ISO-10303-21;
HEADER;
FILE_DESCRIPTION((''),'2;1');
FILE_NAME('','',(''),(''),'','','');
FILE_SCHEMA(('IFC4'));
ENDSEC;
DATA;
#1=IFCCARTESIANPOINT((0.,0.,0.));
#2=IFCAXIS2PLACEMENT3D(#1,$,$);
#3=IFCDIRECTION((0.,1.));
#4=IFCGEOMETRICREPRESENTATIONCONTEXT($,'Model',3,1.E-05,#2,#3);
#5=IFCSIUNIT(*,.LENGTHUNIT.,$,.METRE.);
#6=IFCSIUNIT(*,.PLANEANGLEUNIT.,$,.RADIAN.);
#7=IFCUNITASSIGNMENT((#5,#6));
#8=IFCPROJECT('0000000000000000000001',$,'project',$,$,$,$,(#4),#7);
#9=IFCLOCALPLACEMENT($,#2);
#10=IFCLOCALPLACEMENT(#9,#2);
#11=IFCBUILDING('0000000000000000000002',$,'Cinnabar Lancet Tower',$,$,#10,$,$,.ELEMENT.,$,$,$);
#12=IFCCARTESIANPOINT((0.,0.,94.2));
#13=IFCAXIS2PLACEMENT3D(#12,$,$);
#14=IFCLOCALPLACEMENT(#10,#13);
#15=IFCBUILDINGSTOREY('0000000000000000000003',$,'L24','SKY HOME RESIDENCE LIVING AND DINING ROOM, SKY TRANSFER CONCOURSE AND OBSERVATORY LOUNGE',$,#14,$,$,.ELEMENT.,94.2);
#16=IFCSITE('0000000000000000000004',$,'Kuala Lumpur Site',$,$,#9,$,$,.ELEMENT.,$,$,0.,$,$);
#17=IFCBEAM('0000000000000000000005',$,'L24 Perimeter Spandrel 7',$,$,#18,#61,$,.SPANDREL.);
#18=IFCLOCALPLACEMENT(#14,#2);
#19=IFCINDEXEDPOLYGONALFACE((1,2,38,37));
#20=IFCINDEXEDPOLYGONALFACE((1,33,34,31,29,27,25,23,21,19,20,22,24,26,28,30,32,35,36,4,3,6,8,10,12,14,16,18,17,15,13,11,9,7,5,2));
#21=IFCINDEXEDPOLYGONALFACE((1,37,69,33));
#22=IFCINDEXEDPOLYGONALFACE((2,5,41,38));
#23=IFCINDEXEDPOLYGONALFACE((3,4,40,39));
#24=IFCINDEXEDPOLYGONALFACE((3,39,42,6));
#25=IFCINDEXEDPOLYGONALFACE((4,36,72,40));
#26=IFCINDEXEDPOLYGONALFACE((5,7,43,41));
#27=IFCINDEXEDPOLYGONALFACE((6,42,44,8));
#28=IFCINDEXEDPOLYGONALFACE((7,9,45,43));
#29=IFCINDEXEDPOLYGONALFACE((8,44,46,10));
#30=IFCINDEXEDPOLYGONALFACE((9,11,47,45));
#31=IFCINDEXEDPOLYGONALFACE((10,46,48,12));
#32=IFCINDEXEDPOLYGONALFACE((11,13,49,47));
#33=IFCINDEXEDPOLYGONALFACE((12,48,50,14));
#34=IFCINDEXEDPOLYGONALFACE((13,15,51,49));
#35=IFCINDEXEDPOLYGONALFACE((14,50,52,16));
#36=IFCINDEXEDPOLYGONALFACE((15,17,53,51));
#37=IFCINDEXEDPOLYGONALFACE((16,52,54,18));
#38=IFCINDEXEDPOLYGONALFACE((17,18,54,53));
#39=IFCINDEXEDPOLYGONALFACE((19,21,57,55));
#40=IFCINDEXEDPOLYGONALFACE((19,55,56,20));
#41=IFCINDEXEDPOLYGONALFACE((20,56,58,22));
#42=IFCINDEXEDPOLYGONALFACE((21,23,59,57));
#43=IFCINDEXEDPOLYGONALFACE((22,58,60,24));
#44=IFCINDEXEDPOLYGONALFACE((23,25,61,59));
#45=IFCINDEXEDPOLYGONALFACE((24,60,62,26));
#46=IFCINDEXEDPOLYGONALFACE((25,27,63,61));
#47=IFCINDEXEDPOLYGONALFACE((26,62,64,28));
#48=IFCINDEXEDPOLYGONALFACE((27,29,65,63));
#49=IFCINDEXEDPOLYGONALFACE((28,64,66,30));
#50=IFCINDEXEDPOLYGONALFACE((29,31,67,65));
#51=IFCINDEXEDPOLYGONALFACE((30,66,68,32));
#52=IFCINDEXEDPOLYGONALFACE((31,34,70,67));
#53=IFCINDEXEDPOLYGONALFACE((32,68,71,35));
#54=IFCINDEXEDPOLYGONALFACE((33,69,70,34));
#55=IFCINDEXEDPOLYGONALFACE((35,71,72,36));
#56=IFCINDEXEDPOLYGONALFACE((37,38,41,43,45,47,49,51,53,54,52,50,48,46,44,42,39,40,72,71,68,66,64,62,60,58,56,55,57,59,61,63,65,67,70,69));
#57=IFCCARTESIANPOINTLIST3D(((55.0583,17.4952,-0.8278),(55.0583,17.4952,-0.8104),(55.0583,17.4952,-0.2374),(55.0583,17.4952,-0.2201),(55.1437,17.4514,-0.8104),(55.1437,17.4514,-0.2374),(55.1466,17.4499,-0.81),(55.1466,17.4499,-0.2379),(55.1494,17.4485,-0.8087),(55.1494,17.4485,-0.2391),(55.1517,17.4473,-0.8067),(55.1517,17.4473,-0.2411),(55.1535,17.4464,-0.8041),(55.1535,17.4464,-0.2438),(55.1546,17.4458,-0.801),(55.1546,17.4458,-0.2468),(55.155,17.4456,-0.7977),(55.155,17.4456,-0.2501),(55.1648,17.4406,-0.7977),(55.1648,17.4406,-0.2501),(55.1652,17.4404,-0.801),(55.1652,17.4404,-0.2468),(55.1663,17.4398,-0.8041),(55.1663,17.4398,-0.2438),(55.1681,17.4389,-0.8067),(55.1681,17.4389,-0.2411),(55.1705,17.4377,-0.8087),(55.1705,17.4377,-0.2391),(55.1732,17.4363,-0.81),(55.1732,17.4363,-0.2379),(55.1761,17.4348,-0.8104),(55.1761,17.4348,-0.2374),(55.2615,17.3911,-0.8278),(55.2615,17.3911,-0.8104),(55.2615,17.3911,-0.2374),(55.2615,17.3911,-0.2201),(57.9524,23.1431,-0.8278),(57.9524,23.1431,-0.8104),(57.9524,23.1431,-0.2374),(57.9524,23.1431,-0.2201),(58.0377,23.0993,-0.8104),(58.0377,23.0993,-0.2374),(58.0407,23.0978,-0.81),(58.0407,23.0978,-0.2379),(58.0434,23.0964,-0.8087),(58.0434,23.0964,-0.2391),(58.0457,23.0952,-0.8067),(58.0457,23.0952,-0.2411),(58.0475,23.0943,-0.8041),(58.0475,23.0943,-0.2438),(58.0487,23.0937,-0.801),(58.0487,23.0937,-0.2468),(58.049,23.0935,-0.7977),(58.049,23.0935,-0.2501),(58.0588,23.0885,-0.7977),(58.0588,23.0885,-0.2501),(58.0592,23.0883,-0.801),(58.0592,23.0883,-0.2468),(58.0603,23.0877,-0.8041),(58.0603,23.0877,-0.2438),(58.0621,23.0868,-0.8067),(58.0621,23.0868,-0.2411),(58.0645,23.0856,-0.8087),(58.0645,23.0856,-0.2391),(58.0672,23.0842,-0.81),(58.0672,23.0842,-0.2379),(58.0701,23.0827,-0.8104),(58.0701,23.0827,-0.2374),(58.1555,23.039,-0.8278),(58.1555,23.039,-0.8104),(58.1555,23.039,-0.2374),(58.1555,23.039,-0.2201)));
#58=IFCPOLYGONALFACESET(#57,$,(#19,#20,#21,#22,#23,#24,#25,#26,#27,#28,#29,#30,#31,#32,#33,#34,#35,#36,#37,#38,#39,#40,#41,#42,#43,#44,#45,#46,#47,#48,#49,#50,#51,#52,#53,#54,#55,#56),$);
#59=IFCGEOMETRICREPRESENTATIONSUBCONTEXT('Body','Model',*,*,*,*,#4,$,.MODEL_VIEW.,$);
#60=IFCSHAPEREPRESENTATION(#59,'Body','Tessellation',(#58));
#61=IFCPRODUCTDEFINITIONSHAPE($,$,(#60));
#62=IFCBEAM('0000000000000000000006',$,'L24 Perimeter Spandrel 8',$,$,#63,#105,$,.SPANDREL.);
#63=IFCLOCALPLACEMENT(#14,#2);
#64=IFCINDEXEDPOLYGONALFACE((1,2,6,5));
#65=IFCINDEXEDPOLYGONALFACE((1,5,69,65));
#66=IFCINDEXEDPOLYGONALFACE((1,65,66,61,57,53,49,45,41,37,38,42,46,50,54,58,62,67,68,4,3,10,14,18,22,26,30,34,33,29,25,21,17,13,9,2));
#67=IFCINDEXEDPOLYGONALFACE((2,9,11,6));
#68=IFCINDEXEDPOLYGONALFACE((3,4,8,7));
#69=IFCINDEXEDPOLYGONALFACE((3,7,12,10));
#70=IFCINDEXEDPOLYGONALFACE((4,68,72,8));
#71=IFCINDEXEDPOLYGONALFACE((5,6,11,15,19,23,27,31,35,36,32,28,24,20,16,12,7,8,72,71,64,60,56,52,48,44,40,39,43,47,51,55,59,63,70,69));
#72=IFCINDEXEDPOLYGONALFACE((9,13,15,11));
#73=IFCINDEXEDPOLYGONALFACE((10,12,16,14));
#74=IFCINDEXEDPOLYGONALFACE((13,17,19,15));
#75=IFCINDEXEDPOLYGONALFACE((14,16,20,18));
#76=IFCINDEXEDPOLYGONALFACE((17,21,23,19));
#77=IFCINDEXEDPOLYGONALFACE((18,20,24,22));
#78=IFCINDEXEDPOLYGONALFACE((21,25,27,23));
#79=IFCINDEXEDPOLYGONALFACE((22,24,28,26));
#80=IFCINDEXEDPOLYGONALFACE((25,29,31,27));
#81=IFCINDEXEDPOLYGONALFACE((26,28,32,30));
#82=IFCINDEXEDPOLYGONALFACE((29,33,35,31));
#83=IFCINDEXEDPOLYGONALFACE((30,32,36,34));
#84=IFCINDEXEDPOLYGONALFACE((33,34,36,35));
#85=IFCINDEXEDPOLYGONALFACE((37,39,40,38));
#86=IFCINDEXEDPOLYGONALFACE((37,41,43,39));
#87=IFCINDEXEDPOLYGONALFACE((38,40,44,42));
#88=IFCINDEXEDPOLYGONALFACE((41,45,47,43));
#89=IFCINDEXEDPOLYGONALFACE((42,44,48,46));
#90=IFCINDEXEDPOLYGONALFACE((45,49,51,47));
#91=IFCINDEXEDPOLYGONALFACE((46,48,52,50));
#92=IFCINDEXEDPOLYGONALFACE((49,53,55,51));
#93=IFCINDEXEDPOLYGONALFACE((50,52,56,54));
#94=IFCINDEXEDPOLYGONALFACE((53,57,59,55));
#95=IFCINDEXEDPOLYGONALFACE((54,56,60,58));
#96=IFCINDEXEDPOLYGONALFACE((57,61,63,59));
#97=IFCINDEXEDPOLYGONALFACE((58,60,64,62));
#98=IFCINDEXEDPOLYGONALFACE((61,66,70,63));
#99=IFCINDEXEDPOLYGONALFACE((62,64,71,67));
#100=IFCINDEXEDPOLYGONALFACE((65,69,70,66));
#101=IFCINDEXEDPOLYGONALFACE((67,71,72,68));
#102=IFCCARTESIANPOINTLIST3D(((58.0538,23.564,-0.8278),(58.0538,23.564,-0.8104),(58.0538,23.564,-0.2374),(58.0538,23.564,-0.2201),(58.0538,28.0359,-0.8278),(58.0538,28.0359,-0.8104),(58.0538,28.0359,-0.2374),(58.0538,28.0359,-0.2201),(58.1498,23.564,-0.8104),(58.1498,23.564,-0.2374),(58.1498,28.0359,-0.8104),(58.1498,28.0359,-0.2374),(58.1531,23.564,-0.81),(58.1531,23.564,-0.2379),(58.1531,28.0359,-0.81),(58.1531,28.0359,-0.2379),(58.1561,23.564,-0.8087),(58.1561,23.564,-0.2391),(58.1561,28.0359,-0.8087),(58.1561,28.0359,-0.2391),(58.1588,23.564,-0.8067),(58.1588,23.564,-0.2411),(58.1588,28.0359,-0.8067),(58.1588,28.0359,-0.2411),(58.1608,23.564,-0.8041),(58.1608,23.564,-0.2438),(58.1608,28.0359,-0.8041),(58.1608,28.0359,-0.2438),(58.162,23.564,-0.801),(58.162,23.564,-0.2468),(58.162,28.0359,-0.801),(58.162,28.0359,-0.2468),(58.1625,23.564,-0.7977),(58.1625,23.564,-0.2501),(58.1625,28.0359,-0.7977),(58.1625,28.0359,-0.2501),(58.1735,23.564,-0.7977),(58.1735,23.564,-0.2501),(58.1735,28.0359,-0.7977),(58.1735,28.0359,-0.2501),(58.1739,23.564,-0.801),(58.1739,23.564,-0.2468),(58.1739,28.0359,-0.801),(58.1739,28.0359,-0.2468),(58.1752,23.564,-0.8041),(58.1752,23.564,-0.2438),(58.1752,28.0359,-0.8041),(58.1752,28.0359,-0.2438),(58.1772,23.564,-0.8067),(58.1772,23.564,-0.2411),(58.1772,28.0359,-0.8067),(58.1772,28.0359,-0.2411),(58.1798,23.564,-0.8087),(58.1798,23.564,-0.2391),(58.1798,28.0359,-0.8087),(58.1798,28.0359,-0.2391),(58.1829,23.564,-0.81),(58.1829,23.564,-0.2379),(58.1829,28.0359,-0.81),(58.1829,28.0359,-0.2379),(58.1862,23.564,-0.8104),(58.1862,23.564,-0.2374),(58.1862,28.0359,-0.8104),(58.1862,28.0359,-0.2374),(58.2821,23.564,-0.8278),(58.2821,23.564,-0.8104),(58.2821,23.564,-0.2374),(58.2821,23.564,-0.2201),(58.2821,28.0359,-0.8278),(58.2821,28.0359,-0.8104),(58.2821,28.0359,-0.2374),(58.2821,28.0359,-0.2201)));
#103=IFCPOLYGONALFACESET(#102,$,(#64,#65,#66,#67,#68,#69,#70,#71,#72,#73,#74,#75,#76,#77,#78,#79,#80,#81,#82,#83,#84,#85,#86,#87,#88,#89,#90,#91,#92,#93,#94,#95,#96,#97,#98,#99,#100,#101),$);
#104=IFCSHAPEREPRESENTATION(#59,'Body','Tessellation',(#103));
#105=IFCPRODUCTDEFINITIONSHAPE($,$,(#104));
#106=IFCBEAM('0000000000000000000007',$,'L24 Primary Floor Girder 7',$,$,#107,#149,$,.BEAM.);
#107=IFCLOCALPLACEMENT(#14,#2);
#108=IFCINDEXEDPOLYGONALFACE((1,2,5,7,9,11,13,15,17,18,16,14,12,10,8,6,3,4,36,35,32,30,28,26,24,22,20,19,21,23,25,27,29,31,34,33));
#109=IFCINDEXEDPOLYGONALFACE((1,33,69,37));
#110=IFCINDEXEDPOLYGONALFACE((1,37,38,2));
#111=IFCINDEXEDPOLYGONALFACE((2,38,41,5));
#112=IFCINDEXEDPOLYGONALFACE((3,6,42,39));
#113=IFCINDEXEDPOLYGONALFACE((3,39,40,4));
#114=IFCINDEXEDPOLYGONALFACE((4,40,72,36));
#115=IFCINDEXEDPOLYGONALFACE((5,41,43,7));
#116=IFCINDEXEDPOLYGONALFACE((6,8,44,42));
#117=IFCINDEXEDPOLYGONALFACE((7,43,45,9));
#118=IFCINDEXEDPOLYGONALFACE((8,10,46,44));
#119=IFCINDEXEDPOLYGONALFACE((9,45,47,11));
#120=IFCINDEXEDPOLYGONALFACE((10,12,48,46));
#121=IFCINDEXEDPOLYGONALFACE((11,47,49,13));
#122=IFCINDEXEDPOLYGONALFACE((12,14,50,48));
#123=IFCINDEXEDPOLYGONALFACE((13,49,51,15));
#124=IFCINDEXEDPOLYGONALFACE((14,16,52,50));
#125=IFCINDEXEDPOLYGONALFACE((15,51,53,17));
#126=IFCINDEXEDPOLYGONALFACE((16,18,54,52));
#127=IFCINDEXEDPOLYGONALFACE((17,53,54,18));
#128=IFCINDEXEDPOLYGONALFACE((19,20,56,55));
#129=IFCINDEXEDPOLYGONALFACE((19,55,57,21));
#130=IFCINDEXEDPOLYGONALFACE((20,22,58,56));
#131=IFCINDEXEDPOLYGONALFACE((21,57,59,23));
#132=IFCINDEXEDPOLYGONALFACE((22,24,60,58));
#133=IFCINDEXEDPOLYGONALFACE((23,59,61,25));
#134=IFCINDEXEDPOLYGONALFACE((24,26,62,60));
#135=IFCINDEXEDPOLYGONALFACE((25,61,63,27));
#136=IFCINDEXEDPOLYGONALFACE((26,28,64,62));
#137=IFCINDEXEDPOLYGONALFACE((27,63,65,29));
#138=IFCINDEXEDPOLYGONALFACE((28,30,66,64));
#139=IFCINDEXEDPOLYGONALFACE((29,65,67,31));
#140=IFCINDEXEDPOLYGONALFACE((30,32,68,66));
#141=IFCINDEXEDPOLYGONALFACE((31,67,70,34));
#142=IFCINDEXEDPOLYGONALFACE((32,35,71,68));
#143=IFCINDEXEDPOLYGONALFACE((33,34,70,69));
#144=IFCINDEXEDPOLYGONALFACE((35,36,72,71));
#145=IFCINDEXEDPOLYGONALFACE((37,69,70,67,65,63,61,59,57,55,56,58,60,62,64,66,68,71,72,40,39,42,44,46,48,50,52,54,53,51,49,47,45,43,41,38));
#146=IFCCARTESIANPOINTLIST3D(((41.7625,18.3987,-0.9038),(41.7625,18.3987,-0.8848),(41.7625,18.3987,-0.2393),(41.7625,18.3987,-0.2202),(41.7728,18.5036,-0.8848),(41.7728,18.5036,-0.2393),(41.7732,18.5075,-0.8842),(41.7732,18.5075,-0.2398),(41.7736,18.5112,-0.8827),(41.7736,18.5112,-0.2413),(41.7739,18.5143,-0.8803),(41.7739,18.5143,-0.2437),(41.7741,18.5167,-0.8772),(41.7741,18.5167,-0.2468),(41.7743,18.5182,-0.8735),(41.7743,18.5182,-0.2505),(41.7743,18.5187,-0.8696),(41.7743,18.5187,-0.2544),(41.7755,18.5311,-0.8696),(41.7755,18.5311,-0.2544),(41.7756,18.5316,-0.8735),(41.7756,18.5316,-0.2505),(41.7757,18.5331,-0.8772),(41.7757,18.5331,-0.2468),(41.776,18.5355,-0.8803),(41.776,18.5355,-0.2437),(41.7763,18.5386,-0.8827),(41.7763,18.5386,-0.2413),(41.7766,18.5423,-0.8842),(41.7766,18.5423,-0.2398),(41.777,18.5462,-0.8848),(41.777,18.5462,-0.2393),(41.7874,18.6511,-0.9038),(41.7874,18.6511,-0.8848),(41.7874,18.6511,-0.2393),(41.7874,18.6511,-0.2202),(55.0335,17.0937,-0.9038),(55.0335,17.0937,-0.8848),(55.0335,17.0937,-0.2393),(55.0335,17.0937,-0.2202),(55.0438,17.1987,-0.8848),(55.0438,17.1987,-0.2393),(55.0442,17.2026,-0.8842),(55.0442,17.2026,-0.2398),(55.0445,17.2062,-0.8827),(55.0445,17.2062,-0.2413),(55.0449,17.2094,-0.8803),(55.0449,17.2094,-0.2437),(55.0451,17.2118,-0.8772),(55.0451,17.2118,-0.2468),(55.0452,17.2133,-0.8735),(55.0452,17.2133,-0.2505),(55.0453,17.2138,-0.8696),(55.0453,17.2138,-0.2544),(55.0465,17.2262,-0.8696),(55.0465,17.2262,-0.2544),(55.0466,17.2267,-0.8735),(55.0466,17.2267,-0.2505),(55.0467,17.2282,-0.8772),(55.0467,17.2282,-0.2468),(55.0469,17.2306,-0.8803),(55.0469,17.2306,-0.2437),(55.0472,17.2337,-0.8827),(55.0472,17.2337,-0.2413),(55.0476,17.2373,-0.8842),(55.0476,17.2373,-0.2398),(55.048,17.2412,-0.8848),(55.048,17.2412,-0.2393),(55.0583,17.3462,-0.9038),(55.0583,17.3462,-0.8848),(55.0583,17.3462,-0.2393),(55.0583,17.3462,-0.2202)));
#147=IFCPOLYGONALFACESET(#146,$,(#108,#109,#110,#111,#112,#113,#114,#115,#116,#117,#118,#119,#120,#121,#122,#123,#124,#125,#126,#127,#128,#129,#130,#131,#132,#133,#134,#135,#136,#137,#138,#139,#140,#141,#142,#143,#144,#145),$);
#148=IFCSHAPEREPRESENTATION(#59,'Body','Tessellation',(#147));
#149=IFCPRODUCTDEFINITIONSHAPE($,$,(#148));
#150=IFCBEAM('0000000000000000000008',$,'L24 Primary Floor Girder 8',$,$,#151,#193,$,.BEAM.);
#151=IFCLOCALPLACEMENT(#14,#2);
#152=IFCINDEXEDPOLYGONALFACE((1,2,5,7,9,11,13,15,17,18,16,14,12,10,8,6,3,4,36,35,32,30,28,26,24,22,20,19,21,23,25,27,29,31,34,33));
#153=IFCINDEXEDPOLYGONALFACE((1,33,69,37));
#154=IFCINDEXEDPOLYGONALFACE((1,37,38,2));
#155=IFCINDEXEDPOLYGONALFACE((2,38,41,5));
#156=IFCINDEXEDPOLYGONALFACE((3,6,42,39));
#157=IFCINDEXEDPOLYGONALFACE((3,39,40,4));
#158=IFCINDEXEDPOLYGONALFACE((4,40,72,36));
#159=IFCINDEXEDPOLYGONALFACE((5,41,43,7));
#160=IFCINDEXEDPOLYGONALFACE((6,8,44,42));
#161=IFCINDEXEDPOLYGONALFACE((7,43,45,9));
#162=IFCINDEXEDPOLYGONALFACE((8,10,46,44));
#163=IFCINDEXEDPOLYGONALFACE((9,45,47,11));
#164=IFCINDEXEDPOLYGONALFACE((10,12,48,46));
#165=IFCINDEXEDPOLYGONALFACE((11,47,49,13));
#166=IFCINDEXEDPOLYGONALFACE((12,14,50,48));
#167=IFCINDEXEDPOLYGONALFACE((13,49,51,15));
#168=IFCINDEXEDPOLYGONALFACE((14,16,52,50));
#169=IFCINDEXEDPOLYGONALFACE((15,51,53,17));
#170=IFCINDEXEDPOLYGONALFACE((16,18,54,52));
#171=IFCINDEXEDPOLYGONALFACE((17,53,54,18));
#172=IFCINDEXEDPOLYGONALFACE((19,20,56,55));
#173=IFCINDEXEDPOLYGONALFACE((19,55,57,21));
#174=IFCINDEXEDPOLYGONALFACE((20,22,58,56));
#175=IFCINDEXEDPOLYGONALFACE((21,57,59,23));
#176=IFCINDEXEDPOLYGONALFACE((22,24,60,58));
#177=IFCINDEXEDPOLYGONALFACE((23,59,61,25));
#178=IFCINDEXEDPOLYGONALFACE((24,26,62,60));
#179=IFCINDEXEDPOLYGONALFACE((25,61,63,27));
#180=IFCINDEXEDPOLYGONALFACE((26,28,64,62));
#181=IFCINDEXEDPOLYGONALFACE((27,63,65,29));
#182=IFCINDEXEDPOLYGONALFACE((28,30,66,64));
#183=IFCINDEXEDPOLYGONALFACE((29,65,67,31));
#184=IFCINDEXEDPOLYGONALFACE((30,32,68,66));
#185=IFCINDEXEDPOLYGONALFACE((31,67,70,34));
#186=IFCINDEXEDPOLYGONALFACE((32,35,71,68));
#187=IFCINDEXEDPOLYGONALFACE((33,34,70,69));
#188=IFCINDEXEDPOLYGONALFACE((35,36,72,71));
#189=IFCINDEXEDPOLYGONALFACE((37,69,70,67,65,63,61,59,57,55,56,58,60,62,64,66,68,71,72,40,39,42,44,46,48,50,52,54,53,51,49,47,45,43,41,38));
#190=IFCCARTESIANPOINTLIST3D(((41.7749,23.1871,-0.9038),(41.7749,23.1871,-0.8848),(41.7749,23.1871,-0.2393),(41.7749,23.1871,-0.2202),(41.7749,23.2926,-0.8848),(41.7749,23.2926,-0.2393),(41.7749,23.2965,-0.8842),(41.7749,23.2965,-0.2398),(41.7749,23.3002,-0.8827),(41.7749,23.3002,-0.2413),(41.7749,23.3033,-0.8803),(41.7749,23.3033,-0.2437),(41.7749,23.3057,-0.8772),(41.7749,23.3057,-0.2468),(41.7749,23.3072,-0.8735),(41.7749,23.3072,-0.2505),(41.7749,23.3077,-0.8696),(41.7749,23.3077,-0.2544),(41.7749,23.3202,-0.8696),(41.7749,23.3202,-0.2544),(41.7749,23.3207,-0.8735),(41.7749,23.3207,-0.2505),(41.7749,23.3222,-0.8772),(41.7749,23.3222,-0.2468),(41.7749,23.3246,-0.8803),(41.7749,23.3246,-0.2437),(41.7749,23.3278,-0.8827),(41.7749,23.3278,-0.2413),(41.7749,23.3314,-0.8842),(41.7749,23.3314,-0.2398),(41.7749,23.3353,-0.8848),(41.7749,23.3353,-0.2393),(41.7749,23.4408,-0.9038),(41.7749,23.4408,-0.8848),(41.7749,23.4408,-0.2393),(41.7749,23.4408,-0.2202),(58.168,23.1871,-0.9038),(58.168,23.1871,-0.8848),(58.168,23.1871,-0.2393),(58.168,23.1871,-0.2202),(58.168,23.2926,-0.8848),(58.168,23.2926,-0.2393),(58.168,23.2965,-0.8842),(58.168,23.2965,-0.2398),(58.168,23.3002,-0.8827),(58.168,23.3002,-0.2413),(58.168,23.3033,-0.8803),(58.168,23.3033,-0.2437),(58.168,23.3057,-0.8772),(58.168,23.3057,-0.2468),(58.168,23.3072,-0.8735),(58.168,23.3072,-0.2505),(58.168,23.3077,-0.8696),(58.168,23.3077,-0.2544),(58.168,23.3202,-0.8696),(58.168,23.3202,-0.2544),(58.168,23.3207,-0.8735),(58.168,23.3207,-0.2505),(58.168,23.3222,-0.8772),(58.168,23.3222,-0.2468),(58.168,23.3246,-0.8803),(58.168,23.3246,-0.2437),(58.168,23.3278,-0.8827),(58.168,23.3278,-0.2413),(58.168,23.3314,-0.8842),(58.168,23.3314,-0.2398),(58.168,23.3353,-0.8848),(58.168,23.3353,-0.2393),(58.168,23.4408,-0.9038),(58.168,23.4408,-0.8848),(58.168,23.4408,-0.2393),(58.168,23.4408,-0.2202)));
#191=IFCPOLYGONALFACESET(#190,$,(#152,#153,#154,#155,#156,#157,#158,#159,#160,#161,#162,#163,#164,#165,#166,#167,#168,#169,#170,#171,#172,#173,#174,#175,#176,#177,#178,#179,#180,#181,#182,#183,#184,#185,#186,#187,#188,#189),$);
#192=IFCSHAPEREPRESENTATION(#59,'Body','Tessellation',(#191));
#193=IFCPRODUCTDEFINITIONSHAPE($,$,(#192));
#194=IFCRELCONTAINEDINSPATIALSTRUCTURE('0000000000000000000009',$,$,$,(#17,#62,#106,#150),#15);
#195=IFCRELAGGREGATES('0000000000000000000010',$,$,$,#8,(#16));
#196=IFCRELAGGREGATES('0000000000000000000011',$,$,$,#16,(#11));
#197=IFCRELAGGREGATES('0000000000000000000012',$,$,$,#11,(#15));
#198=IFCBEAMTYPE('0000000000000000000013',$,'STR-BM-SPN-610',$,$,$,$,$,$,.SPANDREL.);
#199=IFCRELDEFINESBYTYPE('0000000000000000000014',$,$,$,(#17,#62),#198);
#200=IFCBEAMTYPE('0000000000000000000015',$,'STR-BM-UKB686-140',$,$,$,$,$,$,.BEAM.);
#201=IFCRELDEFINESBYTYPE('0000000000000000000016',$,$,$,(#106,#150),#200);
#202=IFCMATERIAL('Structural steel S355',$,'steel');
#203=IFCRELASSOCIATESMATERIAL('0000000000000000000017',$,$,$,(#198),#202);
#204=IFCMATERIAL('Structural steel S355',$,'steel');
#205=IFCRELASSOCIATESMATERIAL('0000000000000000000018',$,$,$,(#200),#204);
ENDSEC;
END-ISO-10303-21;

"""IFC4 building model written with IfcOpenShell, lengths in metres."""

from ifc_helpers import new_model, si_unit, direction, frame, origin, origin_2d, place, context, subcontext, project, spatial, i_section, extrude, material, material_profile, profile_set, type_object, element, save


model = new_model("IFC4")

# Units and contexts
model_context = context("Model", 3, precision=1e-05, world=origin(), true_north=direction((0.0, 1.0)))
body_context = subcontext(model_context, "Body", "Model", "MODEL_VIEW")
ifc_project = project(units=[si_unit("LENGTHUNIT", "METRE"), si_unit("PLANEANGLEUNIT", "RADIAN")], contexts=[model_context])

# Site, building, storey
site_placement = place(None, origin())
site = spatial("IfcSite", under=ifc_project, at=site_placement, Name="Kuala Lumpur Site", CompositionType="ELEMENT", RefElevation=0.0)
building_placement = place(site_placement, origin())
building = spatial("IfcBuilding", under=site, at=building_placement, Name="Cinnabar Lancet Tower", CompositionType="ELEMENT")
storey_placement = place(building_placement, frame((0.0, 0.0, 94.2)))
storey = spatial("IfcBuildingStorey", under=building, at=storey_placement, Name="L24", Description="SKY HOME RESIDENCE LIVING AND DINING ROOM, SKY TRANSFER CONCOURSE AND OBSERVATORY LOUNGE", CompositionType="ELEMENT", Elevation=94.2)

# Beams
ifc_material_1 = material(Name="Structural steel S355", Category="steel")
ifc_material_profile_1 = material_profile(ifc_material_1, i_section(OverallWidth=0.2283, OverallDepth=0.6077, WebThickness=0.011, FlangeThickness=0.0173, FilletRadius=0.0127, at=origin_2d()), Name="UKB 610x229x113")
ifc_profile_set_1 = profile_set([ifc_material_profile_1], Name="Structural steel S355")
beam_type_1 = type_object("IfcBeamType", Name="STR-BM-SPN-610", PredefinedType="SPANDREL", material=ifc_profile_set_1)
beam_1_placement = place(storey_placement, frame((55.1599, 17.4431, -0.5239), z_axis=(0.456025, 0.889967, 0.0), x_axis=(-0.889967, 0.456025, 0.0)))
element("IfcBeam", 1, at=beam_1_placement, inside=storey, type_object=beam_type_1, Name="L24 Perimeter Spandrel 7", PredefinedType="SPANDREL", context=body_context, shape_type="SweptSolid", body=[
    extrude(i_section(OverallWidth=0.2283, OverallDepth=0.6077, WebThickness=0.011, FlangeThickness=0.0173, FilletRadius=0.0127, at=origin_2d()), origin(), (0.0, 0.0, 1.0), 6.3462),
])
beam_2_placement = place(storey_placement, frame((58.168, 23.564, -0.5239), z_axis=(0.0, 1.0, 0.0), x_axis=(-1.0, 0.0, 0.0)))
element("IfcBeam", 2, at=beam_2_placement, inside=storey, type_object=beam_type_1, Name="L24 Perimeter Spandrel 8", PredefinedType="SPANDREL", context=body_context, shape_type="SweptSolid", body=[
    extrude(i_section(OverallWidth=0.2283, OverallDepth=0.6077, WebThickness=0.011, FlangeThickness=0.0173, FilletRadius=0.0127, at=origin_2d()), origin(), (0.0, 0.0, 1.0), 4.4719),
])
ifc_material_2 = material(Name="Structural steel S355", Category="steel")
ifc_material_profile_2 = material_profile(ifc_material_2, i_section(OverallWidth=0.2537, OverallDepth=0.6836, WebThickness=0.0125, FlangeThickness=0.019, FilletRadius=0.0151, at=origin_2d()), Name="UKB 686x254x140")
ifc_profile_set_2 = profile_set([ifc_material_profile_2], Name="Structural steel S355")
beam_type_2 = type_object("IfcBeamType", Name="STR-BM-UKB686-140", PredefinedType="BEAM", material=ifc_profile_set_2)
beam_3_placement = place(storey_placement, frame((55.0459, 17.22, -0.562), z_axis=(-0.9952, 0.097858, 0.0), x_axis=(-0.097858, -0.9952, 0.0)))
element("IfcBeam", 3, at=beam_3_placement, inside=storey, type_object=beam_type_2, Name="L24 Primary Floor Girder 7", PredefinedType="BEAM", context=body_context, shape_type="SweptSolid", body=[
    extrude(i_section(OverallWidth=0.2537, OverallDepth=0.6836, WebThickness=0.0125, FlangeThickness=0.019, FilletRadius=0.0151, at=origin_2d()), origin(), (0.0, 0.0, 1.0), 13.335),
])
beam_4_placement = place(storey_placement, frame((58.168, 23.314, -0.562), z_axis=(-1.0, 0.0, 0.0), x_axis=(0.0, -1.0, 0.0)))
element("IfcBeam", 4, at=beam_4_placement, inside=storey, type_object=beam_type_2, Name="L24 Primary Floor Girder 8", PredefinedType="BEAM", context=body_context, shape_type="SweptSolid", body=[
    extrude(i_section(OverallWidth=0.2537, OverallDepth=0.6836, WebThickness=0.0125, FlangeThickness=0.019, FilletRadius=0.0151, at=origin_2d()), origin(), (0.0, 0.0, 1.0), 16.3931),
])

save(model, "model.ifc")
